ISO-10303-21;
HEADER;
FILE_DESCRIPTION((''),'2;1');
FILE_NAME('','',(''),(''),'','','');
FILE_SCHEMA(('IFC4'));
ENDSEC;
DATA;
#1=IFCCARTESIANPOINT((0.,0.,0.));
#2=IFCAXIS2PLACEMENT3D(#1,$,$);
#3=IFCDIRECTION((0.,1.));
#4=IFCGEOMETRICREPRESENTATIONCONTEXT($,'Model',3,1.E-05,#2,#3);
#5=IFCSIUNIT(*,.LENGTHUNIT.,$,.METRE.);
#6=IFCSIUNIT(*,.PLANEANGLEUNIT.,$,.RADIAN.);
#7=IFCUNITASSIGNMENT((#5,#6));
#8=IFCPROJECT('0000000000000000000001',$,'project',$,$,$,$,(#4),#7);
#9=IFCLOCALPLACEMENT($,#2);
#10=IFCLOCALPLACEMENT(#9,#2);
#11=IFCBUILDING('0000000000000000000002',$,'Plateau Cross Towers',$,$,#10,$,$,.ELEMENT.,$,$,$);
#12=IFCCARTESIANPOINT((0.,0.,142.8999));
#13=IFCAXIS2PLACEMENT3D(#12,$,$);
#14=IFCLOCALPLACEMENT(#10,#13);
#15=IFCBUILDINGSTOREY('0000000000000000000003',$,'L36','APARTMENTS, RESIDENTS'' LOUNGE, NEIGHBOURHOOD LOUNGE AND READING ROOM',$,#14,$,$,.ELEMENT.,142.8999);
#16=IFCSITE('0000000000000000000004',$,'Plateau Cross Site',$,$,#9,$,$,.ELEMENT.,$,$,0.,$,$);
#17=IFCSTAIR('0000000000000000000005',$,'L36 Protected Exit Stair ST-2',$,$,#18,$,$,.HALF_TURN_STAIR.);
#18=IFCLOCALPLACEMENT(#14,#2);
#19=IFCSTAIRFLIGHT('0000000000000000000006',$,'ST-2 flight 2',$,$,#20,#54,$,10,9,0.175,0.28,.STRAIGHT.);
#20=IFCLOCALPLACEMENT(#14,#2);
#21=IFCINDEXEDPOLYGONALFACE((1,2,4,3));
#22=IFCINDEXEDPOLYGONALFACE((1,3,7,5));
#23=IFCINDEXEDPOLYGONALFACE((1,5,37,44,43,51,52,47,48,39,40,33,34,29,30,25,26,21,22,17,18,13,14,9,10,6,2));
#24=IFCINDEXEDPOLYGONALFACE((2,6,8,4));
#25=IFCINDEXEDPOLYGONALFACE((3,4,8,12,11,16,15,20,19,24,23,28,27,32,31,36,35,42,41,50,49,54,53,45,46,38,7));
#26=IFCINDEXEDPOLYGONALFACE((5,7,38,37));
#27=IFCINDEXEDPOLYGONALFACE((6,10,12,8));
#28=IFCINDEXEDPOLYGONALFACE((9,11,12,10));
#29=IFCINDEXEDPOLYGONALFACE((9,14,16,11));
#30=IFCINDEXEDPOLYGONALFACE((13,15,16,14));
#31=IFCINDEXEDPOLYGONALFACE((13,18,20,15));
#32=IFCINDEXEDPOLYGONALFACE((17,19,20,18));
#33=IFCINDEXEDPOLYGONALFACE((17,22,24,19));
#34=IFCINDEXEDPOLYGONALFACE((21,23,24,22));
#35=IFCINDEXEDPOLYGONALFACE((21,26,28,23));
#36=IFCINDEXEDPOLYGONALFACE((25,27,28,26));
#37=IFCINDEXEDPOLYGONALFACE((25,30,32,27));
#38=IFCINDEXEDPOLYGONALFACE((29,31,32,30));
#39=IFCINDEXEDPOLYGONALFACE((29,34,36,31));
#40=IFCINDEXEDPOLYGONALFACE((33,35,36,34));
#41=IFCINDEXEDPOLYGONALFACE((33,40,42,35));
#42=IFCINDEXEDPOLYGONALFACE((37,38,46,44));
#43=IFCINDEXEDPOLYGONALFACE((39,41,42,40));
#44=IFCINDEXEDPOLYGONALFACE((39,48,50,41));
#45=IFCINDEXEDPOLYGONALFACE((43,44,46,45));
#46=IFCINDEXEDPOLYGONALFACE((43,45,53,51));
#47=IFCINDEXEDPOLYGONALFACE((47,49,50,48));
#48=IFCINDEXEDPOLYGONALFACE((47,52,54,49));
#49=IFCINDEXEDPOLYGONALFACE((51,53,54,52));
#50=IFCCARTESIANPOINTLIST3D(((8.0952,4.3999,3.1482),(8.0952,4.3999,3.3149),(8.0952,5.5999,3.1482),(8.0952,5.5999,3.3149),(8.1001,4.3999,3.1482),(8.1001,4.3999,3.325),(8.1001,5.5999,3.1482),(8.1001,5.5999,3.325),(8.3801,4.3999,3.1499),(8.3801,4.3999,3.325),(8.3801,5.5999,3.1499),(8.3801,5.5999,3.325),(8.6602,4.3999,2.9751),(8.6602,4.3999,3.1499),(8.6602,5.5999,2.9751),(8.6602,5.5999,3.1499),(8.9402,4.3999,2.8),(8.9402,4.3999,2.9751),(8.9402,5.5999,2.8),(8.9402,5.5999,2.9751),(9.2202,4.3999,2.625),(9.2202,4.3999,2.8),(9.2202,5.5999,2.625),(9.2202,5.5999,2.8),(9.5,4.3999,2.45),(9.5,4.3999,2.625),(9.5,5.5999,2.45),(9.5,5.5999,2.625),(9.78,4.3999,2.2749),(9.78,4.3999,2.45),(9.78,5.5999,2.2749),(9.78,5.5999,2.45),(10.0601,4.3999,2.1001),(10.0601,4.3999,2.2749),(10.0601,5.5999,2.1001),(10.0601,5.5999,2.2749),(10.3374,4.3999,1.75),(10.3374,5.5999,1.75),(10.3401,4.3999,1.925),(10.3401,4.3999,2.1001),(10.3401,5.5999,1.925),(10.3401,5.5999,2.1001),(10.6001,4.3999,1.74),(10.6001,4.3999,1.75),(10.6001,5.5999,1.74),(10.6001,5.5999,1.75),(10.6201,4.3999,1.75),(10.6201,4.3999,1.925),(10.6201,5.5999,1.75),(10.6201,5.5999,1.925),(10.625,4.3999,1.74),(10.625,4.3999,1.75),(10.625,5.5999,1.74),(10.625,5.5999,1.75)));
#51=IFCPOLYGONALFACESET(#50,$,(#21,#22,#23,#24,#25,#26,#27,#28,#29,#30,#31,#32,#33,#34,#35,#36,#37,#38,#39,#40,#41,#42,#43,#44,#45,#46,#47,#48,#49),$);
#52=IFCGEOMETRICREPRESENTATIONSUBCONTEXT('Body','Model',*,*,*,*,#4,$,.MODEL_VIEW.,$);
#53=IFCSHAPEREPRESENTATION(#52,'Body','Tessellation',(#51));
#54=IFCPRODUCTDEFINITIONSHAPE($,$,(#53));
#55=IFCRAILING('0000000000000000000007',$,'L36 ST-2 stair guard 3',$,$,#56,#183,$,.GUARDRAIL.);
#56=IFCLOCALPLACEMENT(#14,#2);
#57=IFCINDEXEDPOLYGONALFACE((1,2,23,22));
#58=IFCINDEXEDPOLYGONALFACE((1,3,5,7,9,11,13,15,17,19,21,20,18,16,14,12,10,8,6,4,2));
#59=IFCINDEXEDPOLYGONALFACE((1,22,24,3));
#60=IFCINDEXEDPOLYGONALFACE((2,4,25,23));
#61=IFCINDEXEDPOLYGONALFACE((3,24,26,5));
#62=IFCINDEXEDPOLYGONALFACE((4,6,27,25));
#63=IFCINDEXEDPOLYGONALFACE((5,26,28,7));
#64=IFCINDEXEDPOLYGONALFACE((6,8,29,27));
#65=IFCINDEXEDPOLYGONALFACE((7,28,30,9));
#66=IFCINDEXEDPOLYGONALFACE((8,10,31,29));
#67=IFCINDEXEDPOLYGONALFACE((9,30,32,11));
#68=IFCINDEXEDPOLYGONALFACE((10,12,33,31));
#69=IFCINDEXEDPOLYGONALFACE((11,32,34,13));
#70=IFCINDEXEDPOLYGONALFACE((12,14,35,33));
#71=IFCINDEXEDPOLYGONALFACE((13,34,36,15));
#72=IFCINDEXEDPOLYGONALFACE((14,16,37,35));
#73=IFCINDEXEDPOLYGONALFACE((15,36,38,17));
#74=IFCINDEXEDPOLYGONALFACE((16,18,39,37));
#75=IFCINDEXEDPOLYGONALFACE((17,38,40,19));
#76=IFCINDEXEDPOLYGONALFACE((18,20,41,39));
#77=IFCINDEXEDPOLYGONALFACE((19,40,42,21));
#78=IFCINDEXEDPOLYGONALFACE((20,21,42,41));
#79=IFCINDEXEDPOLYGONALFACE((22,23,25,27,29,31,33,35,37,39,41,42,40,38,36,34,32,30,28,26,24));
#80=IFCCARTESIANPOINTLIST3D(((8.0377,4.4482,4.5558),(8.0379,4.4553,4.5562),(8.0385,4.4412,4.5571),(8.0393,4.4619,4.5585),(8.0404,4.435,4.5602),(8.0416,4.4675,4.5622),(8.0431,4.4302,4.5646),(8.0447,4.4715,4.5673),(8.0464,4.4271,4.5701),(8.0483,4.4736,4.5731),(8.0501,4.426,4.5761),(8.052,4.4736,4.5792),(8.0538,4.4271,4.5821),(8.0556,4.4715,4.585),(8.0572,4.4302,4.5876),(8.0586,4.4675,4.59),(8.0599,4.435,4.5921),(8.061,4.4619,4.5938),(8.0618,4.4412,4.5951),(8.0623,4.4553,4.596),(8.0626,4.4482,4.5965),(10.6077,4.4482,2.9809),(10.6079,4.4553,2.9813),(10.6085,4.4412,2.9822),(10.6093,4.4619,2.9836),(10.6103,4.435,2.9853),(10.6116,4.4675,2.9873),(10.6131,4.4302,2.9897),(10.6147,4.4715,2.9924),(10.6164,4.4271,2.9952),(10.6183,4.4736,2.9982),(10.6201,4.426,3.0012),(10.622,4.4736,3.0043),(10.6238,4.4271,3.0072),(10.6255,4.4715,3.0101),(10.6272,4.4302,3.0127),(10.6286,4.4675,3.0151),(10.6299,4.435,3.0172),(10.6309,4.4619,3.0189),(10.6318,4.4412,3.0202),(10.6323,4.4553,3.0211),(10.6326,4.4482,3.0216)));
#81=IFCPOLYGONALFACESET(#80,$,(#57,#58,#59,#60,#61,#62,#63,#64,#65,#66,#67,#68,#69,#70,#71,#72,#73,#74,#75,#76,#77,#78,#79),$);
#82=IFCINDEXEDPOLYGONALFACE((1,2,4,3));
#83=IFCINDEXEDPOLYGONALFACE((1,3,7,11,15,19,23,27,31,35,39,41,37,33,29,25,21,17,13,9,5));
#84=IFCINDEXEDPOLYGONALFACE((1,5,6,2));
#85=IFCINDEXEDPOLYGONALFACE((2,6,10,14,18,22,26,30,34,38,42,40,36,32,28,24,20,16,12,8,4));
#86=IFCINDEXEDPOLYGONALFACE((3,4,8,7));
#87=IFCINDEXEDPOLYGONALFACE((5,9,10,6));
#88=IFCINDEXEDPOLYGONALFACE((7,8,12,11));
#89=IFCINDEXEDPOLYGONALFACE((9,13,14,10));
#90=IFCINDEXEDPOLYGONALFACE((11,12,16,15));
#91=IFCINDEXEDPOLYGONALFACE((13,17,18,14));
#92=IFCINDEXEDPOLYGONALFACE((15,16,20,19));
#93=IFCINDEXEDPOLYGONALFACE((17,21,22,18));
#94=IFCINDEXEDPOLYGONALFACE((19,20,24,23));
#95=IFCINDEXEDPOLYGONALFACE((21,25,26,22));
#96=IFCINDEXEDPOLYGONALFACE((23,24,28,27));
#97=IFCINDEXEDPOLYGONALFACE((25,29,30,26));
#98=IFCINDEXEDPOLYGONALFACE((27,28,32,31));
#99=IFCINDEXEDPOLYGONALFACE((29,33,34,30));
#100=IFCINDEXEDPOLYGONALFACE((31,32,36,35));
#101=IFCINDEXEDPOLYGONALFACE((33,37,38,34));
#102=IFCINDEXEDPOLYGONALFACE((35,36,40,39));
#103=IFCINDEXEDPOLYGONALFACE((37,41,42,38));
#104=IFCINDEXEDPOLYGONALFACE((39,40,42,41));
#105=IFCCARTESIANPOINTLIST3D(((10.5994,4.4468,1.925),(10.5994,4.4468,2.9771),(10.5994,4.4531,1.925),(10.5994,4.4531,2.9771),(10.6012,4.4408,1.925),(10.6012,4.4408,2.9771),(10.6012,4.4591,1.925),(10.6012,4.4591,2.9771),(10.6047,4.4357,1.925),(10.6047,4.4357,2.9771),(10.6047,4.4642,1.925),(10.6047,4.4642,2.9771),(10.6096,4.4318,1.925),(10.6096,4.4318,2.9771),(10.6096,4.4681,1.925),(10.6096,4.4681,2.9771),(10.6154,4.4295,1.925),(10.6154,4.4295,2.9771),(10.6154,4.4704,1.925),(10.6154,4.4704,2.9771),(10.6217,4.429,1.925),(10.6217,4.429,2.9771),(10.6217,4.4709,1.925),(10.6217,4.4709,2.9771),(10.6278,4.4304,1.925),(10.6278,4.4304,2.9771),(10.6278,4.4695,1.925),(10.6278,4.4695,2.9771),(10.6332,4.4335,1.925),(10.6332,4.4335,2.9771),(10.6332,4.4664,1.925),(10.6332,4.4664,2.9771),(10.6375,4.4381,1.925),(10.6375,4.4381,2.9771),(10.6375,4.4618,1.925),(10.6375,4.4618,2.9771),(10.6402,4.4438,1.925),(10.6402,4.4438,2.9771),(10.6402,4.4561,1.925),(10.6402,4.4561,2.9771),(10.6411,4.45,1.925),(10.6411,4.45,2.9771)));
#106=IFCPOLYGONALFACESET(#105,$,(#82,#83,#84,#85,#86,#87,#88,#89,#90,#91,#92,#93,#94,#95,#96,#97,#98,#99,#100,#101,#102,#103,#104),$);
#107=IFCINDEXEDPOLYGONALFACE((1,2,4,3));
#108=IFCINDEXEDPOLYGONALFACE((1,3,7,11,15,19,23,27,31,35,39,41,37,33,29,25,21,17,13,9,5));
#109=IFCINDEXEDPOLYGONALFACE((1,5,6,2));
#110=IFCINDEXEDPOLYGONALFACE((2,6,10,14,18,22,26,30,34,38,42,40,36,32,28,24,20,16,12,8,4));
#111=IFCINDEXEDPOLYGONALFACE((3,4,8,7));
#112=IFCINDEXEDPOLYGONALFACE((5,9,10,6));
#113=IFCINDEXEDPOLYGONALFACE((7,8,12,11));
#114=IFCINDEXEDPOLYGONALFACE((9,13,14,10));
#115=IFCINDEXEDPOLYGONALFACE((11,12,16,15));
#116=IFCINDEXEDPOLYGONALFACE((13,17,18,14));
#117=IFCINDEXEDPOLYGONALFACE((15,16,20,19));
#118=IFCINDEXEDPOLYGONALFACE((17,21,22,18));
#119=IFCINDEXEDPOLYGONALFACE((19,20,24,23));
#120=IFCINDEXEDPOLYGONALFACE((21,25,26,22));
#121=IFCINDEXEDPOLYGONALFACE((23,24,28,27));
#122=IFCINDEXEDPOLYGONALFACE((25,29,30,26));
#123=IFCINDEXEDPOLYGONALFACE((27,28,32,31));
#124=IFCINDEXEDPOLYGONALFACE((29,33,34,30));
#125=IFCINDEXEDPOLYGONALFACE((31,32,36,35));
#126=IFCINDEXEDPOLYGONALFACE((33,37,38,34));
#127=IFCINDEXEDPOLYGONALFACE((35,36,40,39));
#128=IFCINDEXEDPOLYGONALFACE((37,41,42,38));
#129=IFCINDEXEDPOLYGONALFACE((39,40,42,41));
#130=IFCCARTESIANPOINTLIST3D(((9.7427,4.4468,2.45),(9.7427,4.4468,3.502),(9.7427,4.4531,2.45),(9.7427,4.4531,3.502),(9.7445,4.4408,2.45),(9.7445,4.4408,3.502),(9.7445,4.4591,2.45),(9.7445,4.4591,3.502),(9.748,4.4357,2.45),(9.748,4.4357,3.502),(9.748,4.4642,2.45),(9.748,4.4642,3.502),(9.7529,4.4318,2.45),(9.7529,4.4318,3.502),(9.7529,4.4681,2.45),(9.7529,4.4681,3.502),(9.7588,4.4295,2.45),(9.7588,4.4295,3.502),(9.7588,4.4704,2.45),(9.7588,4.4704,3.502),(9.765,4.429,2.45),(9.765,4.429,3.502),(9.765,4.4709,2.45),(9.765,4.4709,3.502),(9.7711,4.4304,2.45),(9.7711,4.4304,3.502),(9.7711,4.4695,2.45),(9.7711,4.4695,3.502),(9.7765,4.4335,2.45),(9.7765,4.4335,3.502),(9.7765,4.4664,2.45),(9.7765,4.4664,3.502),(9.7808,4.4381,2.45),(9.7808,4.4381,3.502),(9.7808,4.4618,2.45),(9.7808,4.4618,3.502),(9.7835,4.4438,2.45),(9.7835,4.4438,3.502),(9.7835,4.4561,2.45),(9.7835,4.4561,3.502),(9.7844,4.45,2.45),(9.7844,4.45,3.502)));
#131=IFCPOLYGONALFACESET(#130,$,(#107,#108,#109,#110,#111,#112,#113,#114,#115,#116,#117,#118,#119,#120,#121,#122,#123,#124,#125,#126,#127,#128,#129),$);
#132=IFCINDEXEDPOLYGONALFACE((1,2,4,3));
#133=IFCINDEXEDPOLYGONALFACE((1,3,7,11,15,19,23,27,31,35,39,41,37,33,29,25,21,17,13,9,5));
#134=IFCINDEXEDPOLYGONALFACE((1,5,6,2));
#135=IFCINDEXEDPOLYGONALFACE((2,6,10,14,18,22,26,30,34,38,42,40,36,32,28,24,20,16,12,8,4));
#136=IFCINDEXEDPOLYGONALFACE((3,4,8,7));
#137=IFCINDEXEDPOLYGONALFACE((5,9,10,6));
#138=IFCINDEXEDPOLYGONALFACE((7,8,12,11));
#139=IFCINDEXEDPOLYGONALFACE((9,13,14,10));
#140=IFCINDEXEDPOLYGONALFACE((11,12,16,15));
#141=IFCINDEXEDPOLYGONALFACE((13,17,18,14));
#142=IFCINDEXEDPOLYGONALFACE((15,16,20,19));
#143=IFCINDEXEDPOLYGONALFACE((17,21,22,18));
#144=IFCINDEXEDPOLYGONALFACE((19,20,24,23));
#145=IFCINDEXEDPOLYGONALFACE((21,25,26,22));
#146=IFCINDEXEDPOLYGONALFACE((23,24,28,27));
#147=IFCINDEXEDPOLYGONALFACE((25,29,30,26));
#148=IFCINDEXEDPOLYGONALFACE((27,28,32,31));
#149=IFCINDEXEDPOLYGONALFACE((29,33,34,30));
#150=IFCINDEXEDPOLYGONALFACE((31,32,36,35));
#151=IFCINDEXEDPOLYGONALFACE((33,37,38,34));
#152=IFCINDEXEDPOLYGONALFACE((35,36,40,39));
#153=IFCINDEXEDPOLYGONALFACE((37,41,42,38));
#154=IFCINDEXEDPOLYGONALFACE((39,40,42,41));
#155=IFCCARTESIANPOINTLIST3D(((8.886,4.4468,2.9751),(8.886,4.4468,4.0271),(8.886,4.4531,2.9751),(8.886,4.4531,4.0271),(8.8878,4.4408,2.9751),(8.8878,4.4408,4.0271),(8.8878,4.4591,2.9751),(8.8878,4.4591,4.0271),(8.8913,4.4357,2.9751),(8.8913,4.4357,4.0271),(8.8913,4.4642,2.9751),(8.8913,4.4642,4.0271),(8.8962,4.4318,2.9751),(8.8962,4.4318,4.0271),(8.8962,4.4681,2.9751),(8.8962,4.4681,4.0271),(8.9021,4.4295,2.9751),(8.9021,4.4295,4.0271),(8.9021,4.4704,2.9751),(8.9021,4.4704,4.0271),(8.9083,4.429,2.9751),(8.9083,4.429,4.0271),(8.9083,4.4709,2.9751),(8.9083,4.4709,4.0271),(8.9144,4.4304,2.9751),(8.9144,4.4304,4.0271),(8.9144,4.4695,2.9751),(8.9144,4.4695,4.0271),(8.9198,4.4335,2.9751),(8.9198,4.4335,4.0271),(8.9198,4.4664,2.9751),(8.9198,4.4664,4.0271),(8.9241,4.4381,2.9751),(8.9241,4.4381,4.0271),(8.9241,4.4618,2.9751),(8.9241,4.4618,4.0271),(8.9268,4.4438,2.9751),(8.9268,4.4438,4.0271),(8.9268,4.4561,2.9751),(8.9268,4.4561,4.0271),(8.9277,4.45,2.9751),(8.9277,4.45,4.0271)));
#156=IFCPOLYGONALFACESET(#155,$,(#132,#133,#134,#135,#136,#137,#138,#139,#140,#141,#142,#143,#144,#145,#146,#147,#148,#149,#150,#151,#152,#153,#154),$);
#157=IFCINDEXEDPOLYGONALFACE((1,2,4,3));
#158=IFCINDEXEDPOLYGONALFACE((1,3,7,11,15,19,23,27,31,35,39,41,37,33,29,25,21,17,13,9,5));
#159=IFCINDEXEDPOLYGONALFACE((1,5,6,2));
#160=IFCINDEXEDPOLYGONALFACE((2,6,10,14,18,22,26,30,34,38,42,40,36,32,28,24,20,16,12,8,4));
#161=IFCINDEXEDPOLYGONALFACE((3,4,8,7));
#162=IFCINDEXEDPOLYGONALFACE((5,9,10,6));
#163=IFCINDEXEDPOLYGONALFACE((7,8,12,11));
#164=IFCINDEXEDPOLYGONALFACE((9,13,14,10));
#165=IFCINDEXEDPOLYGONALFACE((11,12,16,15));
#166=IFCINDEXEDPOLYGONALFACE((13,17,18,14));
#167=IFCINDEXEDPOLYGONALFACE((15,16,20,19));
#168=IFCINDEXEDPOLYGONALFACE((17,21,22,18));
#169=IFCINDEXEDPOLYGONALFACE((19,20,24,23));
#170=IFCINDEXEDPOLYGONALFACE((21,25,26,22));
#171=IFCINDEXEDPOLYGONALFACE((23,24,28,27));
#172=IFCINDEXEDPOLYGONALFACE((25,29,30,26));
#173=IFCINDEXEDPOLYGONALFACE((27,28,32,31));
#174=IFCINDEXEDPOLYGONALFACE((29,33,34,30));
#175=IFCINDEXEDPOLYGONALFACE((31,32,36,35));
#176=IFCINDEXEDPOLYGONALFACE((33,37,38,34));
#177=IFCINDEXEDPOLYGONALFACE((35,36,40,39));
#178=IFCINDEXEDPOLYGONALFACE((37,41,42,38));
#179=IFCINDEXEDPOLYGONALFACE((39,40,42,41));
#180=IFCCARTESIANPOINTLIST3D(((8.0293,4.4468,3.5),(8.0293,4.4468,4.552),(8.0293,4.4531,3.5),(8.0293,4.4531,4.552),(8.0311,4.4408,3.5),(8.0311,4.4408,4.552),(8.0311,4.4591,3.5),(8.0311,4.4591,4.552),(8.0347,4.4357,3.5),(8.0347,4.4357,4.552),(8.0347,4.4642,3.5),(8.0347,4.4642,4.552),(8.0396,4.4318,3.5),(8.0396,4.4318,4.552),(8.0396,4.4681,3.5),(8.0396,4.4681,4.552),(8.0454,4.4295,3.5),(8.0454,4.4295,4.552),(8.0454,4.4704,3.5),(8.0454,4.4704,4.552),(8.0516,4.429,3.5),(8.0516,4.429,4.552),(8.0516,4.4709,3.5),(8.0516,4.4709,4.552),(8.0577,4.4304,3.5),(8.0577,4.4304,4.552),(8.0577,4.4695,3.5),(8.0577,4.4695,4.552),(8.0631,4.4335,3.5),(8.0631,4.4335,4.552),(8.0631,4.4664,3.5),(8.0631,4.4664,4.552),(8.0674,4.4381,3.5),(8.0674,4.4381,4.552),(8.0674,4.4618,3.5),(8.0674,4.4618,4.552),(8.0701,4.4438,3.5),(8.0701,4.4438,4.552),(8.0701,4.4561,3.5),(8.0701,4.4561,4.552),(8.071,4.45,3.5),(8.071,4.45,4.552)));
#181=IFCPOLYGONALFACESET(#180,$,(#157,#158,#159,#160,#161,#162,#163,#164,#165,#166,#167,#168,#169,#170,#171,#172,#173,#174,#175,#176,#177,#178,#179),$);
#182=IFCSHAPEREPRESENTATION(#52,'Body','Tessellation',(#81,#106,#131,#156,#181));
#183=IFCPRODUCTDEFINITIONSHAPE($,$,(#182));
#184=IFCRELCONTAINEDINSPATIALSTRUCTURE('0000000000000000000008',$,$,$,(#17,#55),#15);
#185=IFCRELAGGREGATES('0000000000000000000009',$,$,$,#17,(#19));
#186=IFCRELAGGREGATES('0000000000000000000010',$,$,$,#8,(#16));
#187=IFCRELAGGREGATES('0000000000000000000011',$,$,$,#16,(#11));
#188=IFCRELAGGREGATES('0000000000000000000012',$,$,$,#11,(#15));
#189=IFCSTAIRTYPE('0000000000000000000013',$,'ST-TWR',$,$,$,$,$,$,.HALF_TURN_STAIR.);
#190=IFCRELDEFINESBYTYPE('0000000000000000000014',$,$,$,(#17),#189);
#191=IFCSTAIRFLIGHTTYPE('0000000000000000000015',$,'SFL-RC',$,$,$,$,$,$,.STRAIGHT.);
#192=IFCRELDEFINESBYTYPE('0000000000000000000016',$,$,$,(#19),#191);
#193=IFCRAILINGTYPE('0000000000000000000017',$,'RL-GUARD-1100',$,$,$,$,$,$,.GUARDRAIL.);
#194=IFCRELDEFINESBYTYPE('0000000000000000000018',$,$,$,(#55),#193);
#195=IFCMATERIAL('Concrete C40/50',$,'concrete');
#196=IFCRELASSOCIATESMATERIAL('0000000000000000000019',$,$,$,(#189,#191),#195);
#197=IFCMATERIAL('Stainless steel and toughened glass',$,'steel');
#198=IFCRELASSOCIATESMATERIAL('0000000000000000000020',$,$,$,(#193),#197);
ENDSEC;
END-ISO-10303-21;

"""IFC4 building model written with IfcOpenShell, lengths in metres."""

from ifc_helpers import new_model, si_unit, direction, frame, origin, origin_2d, place, context, subcontext, project, spatial, polyline, circle, outline, extrude, material, type_object, element, aggregate, save


model = new_model("IFC4")

# Units and contexts
model_context = context("Model", 3, precision=1e-05, world=origin(), true_north=direction((0.0, 1.0)))
body_context = subcontext(model_context, "Body", "Model", "MODEL_VIEW")
ifc_project = project(units=[si_unit("LENGTHUNIT", "METRE"), si_unit("PLANEANGLEUNIT", "RADIAN")], contexts=[model_context])

# Site, building, storey
site_placement = place(None, origin())
site = spatial("IfcSite", under=ifc_project, at=site_placement, Name="Plateau Cross Site", CompositionType="ELEMENT", RefElevation=0.0)
building_placement = place(site_placement, origin())
building = spatial("IfcBuilding", under=site, at=building_placement, Name="Plateau Cross Towers", CompositionType="ELEMENT")
storey_placement = place(building_placement, frame((0.0, 0.0, 142.8999)))
storey = spatial("IfcBuildingStorey", under=building, at=storey_placement, Name="L36", Description="APARTMENTS, RESIDENTS' LOUNGE, NEIGHBOURHOOD LOUNGE AND READING ROOM", CompositionType="ELEMENT", Elevation=142.8999)

# Stair, stair flight
ifc_material_1 = material(Name="Concrete C40/50", Category="concrete")
stair_type = type_object("IfcStairType", Name="ST-TWR", PredefinedType="HALF_TURN_STAIR", material=ifc_material_1)
stair_placement = place(storey_placement, origin())
stair = element("IfcStair", 1, at=stair_placement, inside=storey, type_object=stair_type, Name="L36 Protected Exit Stair ST-2", PredefinedType="HALF_TURN_STAIR")
stair_flight_type = type_object("IfcStairFlightType", Name="SFL-RC", PredefinedType="STRAIGHT", material=ifc_material_1)
stair_flight_placement = place(storey_placement, frame((10.6201, 5.0, 1.75), z_axis=(0.0, 0.0, 1.0), x_axis=(-1.0, 0.0, 0.0)))
stair_flight = element("IfcStairFlight", 2, at=stair_flight_placement, type_object=stair_flight_type, Name="ST-2 flight 2", NumberOfRisers=10, NumberOfTreads=9, PredefinedType="STRAIGHT", RiserHeight=0.175, TreadLength=0.28, context=body_context, shape_type="SweptSolid", body=[
    extrude(outline(polyline([(-0.0049, -0.01), (-0.0049, 0.0), (0.0, 0.0), (0.0, 0.175), (0.28, 0.175), (0.28, 0.3501), (0.5601, 0.3501), (0.5601, 0.5249), (0.8401, 0.5249), (0.8401, 0.7), (1.1201, 0.7), (1.1201, 0.875), (1.3999, 0.875), (1.3999, 1.05), (1.6799, 1.05), (1.6799, 1.2251), (1.96, 1.2251), (1.96, 1.3999), (2.24, 1.3999), (2.24, 1.575), (2.52, 1.575), (2.5249, 1.5649), (2.5249, 1.3982), (2.52, 1.3982), (0.2827, 0.0), (0.02, 0.0), (0.02, -0.01), (-0.0049, -0.01)])), frame((0.0, 0.6001, 0.0), z_axis=(0.0, -1.0, 0.0), x_axis=(1.0, 0.0, 0.0)), (0.0, 0.0, 1.0), 1.2),
])
aggregate(stair, [stair_flight])

# Railing
ifc_material_2 = material(Name="Stainless steel and toughened glass", Category="steel")
railing_type_1 = type_object("IfcRailingType", Name="RL-GUARD-1100", PredefinedType="GUARDRAIL", material=ifc_material_2)
railing_1_placement = place(storey_placement, frame((10.6201, 4.45, 1.925)))
element("IfcRailing", 3, at=railing_1_placement, inside=storey, type_object=railing_type_1, Name="L36 ST-2 stair guard 3", PredefinedType="GUARDRAIL", context=body_context, shape_type="SweptSolid", body=[
    extrude(circle(Radius=0.0239, at=origin_2d()), frame((0.0, 0.0, 1.0762), z_axis=(-0.852639, 0.0, 0.522501), x_axis=(0.0, -1.0, 0.0)), (0.0, 0.0, 1.0), 3.0142),
    extrude(circle(Radius=0.021, at=origin_2d()), origin(), (0.0, 0.0, 1.0), 1.052),
    extrude(circle(Radius=0.021, at=origin_2d()), frame((-0.8567, 0.0, 0.5249)), (0.0, 0.0, 1.0), 1.052),
    extrude(circle(Radius=0.021, at=origin_2d()), frame((-1.7134, 0.0, 1.05)), (0.0, 0.0, 1.0), 1.052),
    extrude(circle(Radius=0.021, at=origin_2d()), frame((-2.5701, 0.0, 1.575)), (0.0, 0.0, 1.0), 1.052),
])

save(model, "model.ifc")
